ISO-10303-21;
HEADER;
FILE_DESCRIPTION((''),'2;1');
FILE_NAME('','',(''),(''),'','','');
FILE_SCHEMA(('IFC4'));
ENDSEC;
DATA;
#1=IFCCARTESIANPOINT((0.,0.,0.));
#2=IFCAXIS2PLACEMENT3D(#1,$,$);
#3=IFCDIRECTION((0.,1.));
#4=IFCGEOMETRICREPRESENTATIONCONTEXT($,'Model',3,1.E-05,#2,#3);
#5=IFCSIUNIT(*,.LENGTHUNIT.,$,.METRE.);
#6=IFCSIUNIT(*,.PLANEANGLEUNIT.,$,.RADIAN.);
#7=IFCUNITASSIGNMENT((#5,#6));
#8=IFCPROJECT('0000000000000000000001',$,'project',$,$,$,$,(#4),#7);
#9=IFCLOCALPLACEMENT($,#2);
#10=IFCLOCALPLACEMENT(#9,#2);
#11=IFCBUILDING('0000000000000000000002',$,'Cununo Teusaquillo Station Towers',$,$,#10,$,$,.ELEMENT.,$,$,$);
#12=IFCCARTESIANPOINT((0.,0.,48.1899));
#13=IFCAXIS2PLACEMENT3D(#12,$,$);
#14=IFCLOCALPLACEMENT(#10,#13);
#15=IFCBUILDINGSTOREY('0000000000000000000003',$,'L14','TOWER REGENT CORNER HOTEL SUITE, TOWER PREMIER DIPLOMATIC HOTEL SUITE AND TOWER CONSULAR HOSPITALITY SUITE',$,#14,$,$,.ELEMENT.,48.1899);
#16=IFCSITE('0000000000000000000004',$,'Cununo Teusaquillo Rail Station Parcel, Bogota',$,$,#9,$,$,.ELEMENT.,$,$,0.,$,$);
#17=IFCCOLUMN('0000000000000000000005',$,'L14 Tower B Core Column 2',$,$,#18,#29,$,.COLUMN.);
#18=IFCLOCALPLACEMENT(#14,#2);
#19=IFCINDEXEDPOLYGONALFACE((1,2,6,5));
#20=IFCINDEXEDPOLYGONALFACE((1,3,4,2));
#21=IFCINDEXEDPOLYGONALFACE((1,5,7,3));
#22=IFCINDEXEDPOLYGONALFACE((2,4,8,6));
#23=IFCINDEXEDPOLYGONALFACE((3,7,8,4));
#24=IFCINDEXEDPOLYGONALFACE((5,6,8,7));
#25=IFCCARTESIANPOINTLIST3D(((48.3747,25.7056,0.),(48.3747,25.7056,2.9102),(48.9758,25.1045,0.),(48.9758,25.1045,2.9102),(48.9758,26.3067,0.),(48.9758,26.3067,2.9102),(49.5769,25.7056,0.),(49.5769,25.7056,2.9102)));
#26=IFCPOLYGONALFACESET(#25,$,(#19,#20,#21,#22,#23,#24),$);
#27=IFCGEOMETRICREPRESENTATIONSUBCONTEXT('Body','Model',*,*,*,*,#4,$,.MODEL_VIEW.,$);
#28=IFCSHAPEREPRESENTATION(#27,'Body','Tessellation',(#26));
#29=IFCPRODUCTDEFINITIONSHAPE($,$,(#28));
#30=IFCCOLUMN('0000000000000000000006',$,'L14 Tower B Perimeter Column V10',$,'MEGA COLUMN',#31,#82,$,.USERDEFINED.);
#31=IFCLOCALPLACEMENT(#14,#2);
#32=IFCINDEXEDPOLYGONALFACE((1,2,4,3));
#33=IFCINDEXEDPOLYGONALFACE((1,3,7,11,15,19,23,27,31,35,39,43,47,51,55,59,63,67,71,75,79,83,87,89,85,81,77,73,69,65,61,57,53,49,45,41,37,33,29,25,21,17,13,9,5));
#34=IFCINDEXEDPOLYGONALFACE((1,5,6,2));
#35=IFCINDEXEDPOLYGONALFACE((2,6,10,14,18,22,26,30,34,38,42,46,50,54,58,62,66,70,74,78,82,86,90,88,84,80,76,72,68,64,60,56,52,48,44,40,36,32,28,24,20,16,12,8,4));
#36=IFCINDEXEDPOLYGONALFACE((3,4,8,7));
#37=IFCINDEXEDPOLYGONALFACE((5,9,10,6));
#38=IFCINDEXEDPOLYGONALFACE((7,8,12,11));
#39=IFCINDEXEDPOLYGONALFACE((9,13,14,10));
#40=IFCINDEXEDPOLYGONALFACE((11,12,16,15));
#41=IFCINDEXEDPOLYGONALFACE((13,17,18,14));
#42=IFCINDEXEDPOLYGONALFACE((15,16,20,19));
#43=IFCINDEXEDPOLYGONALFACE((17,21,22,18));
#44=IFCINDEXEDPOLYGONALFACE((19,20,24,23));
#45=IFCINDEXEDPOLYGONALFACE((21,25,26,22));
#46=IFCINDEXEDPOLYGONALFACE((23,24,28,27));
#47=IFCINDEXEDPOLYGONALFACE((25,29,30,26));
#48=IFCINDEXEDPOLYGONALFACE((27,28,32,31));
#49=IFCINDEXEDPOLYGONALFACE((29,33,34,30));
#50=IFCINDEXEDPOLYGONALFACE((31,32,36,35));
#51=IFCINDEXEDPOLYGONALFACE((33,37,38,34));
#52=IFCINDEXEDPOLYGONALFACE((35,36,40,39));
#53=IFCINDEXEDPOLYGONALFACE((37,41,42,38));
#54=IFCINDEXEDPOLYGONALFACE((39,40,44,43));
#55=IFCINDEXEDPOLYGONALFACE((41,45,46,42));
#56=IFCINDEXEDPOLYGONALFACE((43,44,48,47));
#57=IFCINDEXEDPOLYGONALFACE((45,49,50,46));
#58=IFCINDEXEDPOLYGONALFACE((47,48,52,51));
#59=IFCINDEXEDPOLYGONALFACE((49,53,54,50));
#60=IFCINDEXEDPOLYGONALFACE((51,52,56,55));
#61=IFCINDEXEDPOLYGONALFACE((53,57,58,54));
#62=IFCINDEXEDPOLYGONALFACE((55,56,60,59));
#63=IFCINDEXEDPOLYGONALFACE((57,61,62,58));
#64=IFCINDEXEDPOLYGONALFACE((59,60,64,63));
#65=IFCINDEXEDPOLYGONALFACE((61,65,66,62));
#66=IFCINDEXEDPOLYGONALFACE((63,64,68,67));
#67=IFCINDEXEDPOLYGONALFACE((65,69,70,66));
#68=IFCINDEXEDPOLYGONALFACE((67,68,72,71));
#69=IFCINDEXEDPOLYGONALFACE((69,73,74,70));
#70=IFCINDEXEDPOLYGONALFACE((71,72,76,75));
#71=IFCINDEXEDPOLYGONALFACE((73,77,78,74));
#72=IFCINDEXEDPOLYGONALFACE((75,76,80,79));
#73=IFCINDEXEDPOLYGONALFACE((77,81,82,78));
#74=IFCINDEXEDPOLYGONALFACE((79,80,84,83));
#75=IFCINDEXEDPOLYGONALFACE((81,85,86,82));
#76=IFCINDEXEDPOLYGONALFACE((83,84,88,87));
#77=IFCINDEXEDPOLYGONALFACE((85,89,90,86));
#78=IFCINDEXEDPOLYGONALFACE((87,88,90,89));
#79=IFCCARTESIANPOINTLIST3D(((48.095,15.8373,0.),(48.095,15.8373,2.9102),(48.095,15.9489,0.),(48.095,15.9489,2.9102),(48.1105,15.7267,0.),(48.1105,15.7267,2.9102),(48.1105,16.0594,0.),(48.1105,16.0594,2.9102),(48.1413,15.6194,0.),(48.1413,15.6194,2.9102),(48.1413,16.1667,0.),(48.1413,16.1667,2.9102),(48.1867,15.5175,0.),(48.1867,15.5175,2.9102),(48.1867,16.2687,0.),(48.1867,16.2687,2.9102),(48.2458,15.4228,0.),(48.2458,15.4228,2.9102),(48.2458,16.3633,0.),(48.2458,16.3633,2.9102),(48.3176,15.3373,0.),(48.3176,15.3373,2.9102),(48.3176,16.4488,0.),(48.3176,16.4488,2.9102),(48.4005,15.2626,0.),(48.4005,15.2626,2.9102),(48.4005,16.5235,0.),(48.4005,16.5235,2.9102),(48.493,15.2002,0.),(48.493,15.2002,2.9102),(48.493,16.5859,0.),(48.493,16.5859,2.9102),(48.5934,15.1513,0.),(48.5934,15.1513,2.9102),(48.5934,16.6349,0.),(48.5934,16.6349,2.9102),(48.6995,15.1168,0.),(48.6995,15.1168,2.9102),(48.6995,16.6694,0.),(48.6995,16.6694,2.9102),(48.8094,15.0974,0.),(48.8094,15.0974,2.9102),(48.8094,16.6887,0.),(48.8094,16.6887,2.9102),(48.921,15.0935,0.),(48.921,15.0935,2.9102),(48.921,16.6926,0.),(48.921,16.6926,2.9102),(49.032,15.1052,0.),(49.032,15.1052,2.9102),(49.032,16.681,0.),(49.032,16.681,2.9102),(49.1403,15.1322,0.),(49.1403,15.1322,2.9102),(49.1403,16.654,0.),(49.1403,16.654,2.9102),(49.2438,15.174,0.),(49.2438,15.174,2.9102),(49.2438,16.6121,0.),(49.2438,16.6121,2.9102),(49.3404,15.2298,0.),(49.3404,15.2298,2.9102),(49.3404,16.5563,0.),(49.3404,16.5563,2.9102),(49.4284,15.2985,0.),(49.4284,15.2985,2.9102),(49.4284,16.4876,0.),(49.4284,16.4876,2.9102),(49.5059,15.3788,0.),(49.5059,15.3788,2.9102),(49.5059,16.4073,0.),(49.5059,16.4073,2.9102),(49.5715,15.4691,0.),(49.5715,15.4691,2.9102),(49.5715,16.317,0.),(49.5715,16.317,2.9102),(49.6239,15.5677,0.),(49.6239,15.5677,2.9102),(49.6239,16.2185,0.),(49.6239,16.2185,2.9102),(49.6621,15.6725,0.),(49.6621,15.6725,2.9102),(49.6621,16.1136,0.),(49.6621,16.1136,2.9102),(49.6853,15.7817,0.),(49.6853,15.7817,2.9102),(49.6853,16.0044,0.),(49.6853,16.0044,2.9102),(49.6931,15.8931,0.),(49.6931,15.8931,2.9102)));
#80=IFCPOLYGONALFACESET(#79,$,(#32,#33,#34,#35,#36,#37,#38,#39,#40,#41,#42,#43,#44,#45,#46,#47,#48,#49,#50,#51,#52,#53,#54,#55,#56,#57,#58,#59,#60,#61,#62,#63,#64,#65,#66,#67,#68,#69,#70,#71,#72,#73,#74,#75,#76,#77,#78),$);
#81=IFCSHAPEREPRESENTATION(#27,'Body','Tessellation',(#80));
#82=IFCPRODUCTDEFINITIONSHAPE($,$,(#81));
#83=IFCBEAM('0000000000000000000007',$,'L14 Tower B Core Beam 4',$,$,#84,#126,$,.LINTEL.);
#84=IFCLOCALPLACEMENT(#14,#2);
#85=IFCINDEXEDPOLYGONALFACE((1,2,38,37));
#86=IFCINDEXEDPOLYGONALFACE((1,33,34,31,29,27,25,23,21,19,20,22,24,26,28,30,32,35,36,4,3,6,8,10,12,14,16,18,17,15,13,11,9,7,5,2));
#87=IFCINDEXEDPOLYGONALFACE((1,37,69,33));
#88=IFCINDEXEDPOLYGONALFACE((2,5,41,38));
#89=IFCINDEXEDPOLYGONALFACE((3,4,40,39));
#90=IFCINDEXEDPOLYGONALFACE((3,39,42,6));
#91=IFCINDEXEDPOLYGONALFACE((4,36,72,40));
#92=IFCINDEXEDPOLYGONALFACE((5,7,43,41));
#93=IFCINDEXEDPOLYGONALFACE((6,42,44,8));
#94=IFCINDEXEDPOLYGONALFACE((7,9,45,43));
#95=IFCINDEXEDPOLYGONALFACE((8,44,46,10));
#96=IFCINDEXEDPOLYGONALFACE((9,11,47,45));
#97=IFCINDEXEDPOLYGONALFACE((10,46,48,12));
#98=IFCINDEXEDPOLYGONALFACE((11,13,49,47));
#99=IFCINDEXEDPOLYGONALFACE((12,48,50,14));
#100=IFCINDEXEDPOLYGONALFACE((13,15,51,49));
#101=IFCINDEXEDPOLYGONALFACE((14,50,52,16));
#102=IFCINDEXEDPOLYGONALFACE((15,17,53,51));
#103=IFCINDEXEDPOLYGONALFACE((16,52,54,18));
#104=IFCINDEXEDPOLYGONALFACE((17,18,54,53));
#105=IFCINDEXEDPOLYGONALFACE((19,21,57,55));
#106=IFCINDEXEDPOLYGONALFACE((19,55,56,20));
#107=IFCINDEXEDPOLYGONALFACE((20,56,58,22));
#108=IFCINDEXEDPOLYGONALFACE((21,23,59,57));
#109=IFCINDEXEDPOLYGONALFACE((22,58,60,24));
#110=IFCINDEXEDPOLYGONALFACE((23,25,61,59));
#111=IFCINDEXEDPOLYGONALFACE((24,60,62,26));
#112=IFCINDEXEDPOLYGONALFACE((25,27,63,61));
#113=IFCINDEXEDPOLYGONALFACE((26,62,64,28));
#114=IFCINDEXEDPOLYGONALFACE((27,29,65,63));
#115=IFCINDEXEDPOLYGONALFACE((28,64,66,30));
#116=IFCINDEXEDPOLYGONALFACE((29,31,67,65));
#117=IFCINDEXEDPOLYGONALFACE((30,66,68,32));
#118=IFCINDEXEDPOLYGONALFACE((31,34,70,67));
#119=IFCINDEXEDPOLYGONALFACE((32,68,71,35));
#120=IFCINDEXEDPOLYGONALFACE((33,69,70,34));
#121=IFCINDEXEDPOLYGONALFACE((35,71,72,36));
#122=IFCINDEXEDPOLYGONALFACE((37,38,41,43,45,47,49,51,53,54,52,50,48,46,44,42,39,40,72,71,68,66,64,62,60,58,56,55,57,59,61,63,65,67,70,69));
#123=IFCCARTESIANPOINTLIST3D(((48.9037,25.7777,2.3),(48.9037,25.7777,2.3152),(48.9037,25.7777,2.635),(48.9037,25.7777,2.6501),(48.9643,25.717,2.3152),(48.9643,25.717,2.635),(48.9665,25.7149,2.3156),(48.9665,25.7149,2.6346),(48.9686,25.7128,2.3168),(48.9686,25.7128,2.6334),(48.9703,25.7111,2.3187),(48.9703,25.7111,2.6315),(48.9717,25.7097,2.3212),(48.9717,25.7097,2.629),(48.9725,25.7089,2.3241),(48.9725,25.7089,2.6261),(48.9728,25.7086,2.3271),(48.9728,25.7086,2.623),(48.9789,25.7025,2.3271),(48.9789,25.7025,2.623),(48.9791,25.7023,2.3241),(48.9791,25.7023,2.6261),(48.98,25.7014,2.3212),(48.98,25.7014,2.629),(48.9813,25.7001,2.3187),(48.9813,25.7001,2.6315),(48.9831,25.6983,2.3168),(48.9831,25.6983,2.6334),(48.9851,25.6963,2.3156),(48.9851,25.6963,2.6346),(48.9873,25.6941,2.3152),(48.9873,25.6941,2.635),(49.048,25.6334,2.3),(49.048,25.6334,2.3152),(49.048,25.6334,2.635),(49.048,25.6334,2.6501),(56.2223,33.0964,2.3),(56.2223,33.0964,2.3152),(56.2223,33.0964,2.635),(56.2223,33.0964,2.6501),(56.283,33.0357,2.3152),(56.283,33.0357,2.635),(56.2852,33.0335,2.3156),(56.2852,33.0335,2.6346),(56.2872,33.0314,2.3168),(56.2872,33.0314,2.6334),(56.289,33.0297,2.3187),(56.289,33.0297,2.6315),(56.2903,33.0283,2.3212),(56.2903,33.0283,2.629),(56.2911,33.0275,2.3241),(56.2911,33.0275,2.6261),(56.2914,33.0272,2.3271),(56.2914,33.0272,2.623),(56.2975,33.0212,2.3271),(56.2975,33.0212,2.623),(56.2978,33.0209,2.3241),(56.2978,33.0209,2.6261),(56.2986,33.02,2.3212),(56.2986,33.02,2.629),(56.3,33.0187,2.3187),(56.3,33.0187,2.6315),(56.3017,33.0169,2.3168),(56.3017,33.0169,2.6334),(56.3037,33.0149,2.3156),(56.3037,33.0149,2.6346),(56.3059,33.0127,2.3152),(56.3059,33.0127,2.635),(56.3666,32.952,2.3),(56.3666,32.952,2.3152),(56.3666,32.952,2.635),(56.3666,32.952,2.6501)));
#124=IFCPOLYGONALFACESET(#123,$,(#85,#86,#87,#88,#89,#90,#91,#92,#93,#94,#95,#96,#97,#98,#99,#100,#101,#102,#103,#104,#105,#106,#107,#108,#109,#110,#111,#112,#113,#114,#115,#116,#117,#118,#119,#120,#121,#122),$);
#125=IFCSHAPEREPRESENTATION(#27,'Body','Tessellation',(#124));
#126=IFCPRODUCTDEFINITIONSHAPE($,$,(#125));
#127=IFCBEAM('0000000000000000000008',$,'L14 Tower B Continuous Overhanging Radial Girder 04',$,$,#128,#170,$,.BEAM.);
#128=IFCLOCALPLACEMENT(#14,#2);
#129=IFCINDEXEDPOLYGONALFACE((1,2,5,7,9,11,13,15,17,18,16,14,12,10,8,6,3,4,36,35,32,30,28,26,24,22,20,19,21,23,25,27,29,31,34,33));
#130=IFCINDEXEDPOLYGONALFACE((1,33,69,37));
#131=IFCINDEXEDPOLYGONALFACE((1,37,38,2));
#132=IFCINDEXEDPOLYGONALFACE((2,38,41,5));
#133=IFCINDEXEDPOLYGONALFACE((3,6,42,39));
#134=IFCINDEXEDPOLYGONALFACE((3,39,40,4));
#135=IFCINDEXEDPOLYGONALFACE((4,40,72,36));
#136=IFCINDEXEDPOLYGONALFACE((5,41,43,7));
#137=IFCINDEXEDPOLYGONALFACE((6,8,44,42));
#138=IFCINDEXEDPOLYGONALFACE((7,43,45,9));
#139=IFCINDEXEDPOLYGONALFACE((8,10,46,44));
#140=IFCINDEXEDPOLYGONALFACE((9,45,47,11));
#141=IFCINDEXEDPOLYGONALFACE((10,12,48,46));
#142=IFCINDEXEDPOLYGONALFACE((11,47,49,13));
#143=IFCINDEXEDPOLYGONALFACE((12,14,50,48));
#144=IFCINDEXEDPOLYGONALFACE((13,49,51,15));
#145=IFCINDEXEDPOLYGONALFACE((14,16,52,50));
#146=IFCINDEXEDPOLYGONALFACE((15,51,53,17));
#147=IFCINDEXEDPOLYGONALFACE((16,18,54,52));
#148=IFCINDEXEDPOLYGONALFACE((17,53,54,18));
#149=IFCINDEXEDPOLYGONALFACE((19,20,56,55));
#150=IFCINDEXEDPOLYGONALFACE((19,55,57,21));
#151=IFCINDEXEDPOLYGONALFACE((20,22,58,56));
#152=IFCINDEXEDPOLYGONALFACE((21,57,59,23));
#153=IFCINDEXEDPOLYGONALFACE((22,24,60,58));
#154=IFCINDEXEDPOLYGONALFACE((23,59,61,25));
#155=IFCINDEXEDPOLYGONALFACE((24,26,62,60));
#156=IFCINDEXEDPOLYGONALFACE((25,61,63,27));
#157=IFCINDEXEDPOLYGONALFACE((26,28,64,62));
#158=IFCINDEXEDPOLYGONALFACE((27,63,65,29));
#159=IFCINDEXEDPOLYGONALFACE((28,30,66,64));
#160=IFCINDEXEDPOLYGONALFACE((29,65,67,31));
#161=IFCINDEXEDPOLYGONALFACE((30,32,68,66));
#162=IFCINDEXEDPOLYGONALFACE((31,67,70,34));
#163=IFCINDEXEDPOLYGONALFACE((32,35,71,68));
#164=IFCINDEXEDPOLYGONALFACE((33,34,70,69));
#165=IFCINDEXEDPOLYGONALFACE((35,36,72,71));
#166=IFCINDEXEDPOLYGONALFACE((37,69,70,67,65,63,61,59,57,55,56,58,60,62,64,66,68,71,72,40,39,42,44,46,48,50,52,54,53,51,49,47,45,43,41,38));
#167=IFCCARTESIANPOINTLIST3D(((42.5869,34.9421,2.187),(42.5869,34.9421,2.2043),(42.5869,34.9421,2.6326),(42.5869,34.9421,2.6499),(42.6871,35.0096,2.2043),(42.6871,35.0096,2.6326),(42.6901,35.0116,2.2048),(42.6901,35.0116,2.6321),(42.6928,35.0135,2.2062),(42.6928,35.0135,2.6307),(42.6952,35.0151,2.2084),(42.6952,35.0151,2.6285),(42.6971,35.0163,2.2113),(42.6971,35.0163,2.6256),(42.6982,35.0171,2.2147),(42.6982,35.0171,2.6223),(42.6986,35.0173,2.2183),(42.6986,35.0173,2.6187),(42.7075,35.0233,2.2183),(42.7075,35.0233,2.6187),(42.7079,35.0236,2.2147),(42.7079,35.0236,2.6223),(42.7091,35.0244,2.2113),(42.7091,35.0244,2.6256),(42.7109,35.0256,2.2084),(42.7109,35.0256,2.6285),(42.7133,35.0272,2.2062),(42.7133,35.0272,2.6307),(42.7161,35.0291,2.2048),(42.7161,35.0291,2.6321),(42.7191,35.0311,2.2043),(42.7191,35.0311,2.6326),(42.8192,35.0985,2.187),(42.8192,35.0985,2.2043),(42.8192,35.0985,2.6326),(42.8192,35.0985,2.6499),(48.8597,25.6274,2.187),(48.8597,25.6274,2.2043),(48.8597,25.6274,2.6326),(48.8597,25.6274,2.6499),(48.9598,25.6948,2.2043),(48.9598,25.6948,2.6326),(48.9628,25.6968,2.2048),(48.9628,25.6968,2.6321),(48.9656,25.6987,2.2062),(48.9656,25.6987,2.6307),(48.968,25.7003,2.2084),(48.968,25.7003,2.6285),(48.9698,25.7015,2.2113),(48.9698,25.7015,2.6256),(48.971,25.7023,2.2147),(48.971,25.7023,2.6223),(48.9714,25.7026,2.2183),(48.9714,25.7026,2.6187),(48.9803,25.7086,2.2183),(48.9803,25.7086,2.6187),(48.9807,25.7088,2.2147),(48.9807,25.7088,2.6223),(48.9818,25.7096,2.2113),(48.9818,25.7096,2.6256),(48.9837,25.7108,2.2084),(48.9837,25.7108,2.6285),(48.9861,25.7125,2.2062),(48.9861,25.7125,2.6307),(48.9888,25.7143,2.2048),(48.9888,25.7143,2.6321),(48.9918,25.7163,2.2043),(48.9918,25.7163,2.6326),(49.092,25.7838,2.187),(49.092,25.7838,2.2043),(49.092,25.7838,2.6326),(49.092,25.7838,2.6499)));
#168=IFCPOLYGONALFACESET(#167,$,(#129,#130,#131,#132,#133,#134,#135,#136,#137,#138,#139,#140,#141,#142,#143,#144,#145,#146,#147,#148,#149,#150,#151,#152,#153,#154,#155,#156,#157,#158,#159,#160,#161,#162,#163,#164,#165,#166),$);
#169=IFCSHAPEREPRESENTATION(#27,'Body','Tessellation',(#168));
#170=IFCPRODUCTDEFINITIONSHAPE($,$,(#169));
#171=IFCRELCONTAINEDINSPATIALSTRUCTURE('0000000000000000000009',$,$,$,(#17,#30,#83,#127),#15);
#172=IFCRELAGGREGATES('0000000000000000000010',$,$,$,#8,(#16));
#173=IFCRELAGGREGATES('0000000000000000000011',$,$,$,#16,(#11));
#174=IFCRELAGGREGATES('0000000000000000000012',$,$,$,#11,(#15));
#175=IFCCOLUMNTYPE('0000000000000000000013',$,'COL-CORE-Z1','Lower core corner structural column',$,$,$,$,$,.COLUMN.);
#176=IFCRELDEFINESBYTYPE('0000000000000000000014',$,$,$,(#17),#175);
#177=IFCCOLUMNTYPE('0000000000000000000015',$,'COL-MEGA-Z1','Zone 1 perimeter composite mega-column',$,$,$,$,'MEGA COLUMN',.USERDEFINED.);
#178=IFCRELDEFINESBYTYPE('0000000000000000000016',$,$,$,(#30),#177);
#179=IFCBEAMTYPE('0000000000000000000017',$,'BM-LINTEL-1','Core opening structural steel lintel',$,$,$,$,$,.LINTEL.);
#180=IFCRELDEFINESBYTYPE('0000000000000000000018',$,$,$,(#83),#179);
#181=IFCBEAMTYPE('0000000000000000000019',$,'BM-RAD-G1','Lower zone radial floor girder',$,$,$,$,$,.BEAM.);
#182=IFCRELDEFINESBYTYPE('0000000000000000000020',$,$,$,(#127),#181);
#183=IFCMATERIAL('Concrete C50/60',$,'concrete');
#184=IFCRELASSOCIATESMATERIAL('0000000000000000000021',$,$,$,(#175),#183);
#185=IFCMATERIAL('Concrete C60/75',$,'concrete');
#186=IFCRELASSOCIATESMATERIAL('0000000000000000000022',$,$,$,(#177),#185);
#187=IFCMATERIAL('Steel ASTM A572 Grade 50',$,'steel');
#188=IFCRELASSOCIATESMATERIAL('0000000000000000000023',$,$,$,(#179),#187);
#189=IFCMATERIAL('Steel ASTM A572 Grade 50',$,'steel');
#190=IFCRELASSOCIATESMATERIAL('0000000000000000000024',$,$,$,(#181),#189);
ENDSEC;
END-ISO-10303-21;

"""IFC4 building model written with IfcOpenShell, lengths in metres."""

from ifc_helpers import new_model, si_unit, direction, frame, origin, origin_2d, place, context, subcontext, project, spatial, rectangle, circle, i_section, extrude, material, material_profile, profile_set, type_object, element, save


model = new_model("IFC4")

# Units and contexts
model_context = context("Model", 3, precision=1e-05, world=origin(), true_north=direction((0.0, 1.0)))
body_context = subcontext(model_context, "Body", "Model", "MODEL_VIEW")
ifc_project = project(units=[si_unit("LENGTHUNIT", "METRE"), si_unit("PLANEANGLEUNIT", "RADIAN")], contexts=[model_context])

# Site, building, storey
site_placement = place(None, origin())
site = spatial("IfcSite", under=ifc_project, at=site_placement, Name="Cununo Teusaquillo Rail Station Parcel, Bogota", CompositionType="ELEMENT", RefElevation=0.0)
building_placement = place(site_placement, origin())
building = spatial("IfcBuilding", under=site, at=building_placement, Name="Cununo Teusaquillo Station Towers", CompositionType="ELEMENT")
storey_placement = place(building_placement, frame((0.0, 0.0, 48.1899)))
storey = spatial("IfcBuildingStorey", under=building, at=storey_placement, Name="L14", Description="TOWER REGENT CORNER HOTEL SUITE, TOWER PREMIER DIPLOMATIC HOTEL SUITE AND TOWER CONSULAR HOSPITALITY SUITE", CompositionType="ELEMENT", Elevation=48.1899)

# Columns
ifc_material_1 = material(Name="Concrete C50/60", Category="concrete")
ifc_material_profile_1 = material_profile(ifc_material_1, rectangle(XDim=0.8501, YDim=0.8501, at=origin_2d()), Name="RC-RECT-850x850")
ifc_profile_set_1 = profile_set([ifc_material_profile_1], Name="Concrete C50/60")
column_type_1 = type_object("IfcColumnType", Name="COL-CORE-Z1", Description="Lower core corner structural column", PredefinedType="COLUMN", material=ifc_profile_set_1)
column_1_placement = place(storey_placement, frame((48.9758, 25.7056, 0.0), z_axis=(0.0, 0.0, 1.0), x_axis=(0.707107, 0.707107, 0.0)))
element("IfcColumn", 1, at=column_1_placement, inside=storey, type_object=column_type_1, Name="L14 Tower B Core Column 2", PredefinedType="COLUMN", context=body_context, shape_type="SweptSolid", body=[
    extrude(rectangle(XDim=0.8501, YDim=0.8501, at=origin_2d()), origin(), (0.0, 0.0, 1.0), 2.9102),
])
ifc_material_2 = material(Name="Concrete C60/75", Category="concrete")
ifc_material_profile_2 = material_profile(ifc_material_2, circle(Radius=0.8, at=origin_2d()), Name="RC-CIRC-1600")
ifc_profile_set_2 = profile_set([ifc_material_profile_2], Name="Concrete C60/75")
column_type_2 = type_object("IfcColumnType", Name="COL-MEGA-Z1", Description="Zone 1 perimeter composite mega-column", ElementType="MEGA COLUMN", PredefinedType="USERDEFINED", material=ifc_profile_set_2)
column_2_placement = place(storey_placement, frame((48.8931, 15.8931, 0.0), z_axis=(0.0, 0.0, 1.0), x_axis=(1.0, 0.0, 0.0)))
element("IfcColumn", 2, at=column_2_placement, inside=storey, type_object=column_type_2, Name="L14 Tower B Perimeter Column V10", ObjectType="MEGA COLUMN", PredefinedType="USERDEFINED", context=body_context, shape_type="SweptSolid", body=[
    extrude(circle(Radius=0.8, at=origin_2d()), origin(), (0.0, 0.0, 1.0), 2.9102),
])

# Beams
ifc_material_3 = material(Name="Steel ASTM A572 Grade 50", Category="steel")
ifc_material_profile_3 = material_profile(ifc_material_3, i_section(OverallWidth=0.2041, OverallDepth=0.3501, WebThickness=0.0085, FlangeThickness=0.0151, FilletRadius=0.012, at=origin_2d()), Name="W14X48")
ifc_profile_set_3 = profile_set([ifc_material_profile_3], Name="Steel ASTM A572 Grade 50")
beam_type_1 = type_object("IfcBeamType", Name="BM-LINTEL-1", Description="Core opening structural steel lintel", PredefinedType="LINTEL", material=ifc_profile_set_3)
beam_1_placement = place(storey_placement, frame((48.9758, 25.7056, 2.4751), z_axis=(0.707107, 0.707107, 0.0), x_axis=(-0.707107, 0.707107, 0.0)))
element("IfcBeam", 3, at=beam_1_placement, inside=storey, type_object=beam_type_1, Name="L14 Tower B Core Beam 4", PredefinedType="LINTEL", context=body_context, shape_type="SweptSolid", body=[
    extrude(i_section(OverallWidth=0.2041, OverallDepth=0.3501, WebThickness=0.0085, FlangeThickness=0.0151, FilletRadius=0.012, at=origin_2d()), origin(), (0.0, 0.0, 1.0), 10.3501),
])
ifc_material_4 = material(Name="Steel ASTM A572 Grade 50", Category="steel")
ifc_material_profile_4 = material_profile(ifc_material_4, i_section(OverallWidth=0.28, OverallDepth=0.4629, WebThickness=0.0107, FlangeThickness=0.0173, FilletRadius=0.0139, at=origin_2d()), Name="W18X76")
ifc_profile_set_4 = profile_set([ifc_material_profile_4], Name="Steel ASTM A572 Grade 50")
beam_type_2 = type_object("IfcBeamType", Name="BM-RAD-G1", Description="Lower zone radial floor girder", PredefinedType="BEAM", material=ifc_profile_set_4)
beam_2_placement = place(storey_placement, frame((48.9758, 25.7056, 2.4185), z_axis=(-0.558572, 0.829456, 0.0), x_axis=(-0.829456, -0.558572, 0.0)))
element("IfcBeam", 4, at=beam_2_placement, inside=storey, type_object=beam_type_2, Name="L14 Tower B Continuous Overhanging Radial Girder 04", PredefinedType="BEAM", context=body_context, shape_type="SweptSolid", body=[
    extrude(i_section(OverallWidth=0.28, OverallDepth=0.4629, WebThickness=0.0107, FlangeThickness=0.0173, FilletRadius=0.0139, at=origin_2d()), origin(), (0.0, 0.0, 1.0), 11.23),
])

save(model, "model.ifc")
